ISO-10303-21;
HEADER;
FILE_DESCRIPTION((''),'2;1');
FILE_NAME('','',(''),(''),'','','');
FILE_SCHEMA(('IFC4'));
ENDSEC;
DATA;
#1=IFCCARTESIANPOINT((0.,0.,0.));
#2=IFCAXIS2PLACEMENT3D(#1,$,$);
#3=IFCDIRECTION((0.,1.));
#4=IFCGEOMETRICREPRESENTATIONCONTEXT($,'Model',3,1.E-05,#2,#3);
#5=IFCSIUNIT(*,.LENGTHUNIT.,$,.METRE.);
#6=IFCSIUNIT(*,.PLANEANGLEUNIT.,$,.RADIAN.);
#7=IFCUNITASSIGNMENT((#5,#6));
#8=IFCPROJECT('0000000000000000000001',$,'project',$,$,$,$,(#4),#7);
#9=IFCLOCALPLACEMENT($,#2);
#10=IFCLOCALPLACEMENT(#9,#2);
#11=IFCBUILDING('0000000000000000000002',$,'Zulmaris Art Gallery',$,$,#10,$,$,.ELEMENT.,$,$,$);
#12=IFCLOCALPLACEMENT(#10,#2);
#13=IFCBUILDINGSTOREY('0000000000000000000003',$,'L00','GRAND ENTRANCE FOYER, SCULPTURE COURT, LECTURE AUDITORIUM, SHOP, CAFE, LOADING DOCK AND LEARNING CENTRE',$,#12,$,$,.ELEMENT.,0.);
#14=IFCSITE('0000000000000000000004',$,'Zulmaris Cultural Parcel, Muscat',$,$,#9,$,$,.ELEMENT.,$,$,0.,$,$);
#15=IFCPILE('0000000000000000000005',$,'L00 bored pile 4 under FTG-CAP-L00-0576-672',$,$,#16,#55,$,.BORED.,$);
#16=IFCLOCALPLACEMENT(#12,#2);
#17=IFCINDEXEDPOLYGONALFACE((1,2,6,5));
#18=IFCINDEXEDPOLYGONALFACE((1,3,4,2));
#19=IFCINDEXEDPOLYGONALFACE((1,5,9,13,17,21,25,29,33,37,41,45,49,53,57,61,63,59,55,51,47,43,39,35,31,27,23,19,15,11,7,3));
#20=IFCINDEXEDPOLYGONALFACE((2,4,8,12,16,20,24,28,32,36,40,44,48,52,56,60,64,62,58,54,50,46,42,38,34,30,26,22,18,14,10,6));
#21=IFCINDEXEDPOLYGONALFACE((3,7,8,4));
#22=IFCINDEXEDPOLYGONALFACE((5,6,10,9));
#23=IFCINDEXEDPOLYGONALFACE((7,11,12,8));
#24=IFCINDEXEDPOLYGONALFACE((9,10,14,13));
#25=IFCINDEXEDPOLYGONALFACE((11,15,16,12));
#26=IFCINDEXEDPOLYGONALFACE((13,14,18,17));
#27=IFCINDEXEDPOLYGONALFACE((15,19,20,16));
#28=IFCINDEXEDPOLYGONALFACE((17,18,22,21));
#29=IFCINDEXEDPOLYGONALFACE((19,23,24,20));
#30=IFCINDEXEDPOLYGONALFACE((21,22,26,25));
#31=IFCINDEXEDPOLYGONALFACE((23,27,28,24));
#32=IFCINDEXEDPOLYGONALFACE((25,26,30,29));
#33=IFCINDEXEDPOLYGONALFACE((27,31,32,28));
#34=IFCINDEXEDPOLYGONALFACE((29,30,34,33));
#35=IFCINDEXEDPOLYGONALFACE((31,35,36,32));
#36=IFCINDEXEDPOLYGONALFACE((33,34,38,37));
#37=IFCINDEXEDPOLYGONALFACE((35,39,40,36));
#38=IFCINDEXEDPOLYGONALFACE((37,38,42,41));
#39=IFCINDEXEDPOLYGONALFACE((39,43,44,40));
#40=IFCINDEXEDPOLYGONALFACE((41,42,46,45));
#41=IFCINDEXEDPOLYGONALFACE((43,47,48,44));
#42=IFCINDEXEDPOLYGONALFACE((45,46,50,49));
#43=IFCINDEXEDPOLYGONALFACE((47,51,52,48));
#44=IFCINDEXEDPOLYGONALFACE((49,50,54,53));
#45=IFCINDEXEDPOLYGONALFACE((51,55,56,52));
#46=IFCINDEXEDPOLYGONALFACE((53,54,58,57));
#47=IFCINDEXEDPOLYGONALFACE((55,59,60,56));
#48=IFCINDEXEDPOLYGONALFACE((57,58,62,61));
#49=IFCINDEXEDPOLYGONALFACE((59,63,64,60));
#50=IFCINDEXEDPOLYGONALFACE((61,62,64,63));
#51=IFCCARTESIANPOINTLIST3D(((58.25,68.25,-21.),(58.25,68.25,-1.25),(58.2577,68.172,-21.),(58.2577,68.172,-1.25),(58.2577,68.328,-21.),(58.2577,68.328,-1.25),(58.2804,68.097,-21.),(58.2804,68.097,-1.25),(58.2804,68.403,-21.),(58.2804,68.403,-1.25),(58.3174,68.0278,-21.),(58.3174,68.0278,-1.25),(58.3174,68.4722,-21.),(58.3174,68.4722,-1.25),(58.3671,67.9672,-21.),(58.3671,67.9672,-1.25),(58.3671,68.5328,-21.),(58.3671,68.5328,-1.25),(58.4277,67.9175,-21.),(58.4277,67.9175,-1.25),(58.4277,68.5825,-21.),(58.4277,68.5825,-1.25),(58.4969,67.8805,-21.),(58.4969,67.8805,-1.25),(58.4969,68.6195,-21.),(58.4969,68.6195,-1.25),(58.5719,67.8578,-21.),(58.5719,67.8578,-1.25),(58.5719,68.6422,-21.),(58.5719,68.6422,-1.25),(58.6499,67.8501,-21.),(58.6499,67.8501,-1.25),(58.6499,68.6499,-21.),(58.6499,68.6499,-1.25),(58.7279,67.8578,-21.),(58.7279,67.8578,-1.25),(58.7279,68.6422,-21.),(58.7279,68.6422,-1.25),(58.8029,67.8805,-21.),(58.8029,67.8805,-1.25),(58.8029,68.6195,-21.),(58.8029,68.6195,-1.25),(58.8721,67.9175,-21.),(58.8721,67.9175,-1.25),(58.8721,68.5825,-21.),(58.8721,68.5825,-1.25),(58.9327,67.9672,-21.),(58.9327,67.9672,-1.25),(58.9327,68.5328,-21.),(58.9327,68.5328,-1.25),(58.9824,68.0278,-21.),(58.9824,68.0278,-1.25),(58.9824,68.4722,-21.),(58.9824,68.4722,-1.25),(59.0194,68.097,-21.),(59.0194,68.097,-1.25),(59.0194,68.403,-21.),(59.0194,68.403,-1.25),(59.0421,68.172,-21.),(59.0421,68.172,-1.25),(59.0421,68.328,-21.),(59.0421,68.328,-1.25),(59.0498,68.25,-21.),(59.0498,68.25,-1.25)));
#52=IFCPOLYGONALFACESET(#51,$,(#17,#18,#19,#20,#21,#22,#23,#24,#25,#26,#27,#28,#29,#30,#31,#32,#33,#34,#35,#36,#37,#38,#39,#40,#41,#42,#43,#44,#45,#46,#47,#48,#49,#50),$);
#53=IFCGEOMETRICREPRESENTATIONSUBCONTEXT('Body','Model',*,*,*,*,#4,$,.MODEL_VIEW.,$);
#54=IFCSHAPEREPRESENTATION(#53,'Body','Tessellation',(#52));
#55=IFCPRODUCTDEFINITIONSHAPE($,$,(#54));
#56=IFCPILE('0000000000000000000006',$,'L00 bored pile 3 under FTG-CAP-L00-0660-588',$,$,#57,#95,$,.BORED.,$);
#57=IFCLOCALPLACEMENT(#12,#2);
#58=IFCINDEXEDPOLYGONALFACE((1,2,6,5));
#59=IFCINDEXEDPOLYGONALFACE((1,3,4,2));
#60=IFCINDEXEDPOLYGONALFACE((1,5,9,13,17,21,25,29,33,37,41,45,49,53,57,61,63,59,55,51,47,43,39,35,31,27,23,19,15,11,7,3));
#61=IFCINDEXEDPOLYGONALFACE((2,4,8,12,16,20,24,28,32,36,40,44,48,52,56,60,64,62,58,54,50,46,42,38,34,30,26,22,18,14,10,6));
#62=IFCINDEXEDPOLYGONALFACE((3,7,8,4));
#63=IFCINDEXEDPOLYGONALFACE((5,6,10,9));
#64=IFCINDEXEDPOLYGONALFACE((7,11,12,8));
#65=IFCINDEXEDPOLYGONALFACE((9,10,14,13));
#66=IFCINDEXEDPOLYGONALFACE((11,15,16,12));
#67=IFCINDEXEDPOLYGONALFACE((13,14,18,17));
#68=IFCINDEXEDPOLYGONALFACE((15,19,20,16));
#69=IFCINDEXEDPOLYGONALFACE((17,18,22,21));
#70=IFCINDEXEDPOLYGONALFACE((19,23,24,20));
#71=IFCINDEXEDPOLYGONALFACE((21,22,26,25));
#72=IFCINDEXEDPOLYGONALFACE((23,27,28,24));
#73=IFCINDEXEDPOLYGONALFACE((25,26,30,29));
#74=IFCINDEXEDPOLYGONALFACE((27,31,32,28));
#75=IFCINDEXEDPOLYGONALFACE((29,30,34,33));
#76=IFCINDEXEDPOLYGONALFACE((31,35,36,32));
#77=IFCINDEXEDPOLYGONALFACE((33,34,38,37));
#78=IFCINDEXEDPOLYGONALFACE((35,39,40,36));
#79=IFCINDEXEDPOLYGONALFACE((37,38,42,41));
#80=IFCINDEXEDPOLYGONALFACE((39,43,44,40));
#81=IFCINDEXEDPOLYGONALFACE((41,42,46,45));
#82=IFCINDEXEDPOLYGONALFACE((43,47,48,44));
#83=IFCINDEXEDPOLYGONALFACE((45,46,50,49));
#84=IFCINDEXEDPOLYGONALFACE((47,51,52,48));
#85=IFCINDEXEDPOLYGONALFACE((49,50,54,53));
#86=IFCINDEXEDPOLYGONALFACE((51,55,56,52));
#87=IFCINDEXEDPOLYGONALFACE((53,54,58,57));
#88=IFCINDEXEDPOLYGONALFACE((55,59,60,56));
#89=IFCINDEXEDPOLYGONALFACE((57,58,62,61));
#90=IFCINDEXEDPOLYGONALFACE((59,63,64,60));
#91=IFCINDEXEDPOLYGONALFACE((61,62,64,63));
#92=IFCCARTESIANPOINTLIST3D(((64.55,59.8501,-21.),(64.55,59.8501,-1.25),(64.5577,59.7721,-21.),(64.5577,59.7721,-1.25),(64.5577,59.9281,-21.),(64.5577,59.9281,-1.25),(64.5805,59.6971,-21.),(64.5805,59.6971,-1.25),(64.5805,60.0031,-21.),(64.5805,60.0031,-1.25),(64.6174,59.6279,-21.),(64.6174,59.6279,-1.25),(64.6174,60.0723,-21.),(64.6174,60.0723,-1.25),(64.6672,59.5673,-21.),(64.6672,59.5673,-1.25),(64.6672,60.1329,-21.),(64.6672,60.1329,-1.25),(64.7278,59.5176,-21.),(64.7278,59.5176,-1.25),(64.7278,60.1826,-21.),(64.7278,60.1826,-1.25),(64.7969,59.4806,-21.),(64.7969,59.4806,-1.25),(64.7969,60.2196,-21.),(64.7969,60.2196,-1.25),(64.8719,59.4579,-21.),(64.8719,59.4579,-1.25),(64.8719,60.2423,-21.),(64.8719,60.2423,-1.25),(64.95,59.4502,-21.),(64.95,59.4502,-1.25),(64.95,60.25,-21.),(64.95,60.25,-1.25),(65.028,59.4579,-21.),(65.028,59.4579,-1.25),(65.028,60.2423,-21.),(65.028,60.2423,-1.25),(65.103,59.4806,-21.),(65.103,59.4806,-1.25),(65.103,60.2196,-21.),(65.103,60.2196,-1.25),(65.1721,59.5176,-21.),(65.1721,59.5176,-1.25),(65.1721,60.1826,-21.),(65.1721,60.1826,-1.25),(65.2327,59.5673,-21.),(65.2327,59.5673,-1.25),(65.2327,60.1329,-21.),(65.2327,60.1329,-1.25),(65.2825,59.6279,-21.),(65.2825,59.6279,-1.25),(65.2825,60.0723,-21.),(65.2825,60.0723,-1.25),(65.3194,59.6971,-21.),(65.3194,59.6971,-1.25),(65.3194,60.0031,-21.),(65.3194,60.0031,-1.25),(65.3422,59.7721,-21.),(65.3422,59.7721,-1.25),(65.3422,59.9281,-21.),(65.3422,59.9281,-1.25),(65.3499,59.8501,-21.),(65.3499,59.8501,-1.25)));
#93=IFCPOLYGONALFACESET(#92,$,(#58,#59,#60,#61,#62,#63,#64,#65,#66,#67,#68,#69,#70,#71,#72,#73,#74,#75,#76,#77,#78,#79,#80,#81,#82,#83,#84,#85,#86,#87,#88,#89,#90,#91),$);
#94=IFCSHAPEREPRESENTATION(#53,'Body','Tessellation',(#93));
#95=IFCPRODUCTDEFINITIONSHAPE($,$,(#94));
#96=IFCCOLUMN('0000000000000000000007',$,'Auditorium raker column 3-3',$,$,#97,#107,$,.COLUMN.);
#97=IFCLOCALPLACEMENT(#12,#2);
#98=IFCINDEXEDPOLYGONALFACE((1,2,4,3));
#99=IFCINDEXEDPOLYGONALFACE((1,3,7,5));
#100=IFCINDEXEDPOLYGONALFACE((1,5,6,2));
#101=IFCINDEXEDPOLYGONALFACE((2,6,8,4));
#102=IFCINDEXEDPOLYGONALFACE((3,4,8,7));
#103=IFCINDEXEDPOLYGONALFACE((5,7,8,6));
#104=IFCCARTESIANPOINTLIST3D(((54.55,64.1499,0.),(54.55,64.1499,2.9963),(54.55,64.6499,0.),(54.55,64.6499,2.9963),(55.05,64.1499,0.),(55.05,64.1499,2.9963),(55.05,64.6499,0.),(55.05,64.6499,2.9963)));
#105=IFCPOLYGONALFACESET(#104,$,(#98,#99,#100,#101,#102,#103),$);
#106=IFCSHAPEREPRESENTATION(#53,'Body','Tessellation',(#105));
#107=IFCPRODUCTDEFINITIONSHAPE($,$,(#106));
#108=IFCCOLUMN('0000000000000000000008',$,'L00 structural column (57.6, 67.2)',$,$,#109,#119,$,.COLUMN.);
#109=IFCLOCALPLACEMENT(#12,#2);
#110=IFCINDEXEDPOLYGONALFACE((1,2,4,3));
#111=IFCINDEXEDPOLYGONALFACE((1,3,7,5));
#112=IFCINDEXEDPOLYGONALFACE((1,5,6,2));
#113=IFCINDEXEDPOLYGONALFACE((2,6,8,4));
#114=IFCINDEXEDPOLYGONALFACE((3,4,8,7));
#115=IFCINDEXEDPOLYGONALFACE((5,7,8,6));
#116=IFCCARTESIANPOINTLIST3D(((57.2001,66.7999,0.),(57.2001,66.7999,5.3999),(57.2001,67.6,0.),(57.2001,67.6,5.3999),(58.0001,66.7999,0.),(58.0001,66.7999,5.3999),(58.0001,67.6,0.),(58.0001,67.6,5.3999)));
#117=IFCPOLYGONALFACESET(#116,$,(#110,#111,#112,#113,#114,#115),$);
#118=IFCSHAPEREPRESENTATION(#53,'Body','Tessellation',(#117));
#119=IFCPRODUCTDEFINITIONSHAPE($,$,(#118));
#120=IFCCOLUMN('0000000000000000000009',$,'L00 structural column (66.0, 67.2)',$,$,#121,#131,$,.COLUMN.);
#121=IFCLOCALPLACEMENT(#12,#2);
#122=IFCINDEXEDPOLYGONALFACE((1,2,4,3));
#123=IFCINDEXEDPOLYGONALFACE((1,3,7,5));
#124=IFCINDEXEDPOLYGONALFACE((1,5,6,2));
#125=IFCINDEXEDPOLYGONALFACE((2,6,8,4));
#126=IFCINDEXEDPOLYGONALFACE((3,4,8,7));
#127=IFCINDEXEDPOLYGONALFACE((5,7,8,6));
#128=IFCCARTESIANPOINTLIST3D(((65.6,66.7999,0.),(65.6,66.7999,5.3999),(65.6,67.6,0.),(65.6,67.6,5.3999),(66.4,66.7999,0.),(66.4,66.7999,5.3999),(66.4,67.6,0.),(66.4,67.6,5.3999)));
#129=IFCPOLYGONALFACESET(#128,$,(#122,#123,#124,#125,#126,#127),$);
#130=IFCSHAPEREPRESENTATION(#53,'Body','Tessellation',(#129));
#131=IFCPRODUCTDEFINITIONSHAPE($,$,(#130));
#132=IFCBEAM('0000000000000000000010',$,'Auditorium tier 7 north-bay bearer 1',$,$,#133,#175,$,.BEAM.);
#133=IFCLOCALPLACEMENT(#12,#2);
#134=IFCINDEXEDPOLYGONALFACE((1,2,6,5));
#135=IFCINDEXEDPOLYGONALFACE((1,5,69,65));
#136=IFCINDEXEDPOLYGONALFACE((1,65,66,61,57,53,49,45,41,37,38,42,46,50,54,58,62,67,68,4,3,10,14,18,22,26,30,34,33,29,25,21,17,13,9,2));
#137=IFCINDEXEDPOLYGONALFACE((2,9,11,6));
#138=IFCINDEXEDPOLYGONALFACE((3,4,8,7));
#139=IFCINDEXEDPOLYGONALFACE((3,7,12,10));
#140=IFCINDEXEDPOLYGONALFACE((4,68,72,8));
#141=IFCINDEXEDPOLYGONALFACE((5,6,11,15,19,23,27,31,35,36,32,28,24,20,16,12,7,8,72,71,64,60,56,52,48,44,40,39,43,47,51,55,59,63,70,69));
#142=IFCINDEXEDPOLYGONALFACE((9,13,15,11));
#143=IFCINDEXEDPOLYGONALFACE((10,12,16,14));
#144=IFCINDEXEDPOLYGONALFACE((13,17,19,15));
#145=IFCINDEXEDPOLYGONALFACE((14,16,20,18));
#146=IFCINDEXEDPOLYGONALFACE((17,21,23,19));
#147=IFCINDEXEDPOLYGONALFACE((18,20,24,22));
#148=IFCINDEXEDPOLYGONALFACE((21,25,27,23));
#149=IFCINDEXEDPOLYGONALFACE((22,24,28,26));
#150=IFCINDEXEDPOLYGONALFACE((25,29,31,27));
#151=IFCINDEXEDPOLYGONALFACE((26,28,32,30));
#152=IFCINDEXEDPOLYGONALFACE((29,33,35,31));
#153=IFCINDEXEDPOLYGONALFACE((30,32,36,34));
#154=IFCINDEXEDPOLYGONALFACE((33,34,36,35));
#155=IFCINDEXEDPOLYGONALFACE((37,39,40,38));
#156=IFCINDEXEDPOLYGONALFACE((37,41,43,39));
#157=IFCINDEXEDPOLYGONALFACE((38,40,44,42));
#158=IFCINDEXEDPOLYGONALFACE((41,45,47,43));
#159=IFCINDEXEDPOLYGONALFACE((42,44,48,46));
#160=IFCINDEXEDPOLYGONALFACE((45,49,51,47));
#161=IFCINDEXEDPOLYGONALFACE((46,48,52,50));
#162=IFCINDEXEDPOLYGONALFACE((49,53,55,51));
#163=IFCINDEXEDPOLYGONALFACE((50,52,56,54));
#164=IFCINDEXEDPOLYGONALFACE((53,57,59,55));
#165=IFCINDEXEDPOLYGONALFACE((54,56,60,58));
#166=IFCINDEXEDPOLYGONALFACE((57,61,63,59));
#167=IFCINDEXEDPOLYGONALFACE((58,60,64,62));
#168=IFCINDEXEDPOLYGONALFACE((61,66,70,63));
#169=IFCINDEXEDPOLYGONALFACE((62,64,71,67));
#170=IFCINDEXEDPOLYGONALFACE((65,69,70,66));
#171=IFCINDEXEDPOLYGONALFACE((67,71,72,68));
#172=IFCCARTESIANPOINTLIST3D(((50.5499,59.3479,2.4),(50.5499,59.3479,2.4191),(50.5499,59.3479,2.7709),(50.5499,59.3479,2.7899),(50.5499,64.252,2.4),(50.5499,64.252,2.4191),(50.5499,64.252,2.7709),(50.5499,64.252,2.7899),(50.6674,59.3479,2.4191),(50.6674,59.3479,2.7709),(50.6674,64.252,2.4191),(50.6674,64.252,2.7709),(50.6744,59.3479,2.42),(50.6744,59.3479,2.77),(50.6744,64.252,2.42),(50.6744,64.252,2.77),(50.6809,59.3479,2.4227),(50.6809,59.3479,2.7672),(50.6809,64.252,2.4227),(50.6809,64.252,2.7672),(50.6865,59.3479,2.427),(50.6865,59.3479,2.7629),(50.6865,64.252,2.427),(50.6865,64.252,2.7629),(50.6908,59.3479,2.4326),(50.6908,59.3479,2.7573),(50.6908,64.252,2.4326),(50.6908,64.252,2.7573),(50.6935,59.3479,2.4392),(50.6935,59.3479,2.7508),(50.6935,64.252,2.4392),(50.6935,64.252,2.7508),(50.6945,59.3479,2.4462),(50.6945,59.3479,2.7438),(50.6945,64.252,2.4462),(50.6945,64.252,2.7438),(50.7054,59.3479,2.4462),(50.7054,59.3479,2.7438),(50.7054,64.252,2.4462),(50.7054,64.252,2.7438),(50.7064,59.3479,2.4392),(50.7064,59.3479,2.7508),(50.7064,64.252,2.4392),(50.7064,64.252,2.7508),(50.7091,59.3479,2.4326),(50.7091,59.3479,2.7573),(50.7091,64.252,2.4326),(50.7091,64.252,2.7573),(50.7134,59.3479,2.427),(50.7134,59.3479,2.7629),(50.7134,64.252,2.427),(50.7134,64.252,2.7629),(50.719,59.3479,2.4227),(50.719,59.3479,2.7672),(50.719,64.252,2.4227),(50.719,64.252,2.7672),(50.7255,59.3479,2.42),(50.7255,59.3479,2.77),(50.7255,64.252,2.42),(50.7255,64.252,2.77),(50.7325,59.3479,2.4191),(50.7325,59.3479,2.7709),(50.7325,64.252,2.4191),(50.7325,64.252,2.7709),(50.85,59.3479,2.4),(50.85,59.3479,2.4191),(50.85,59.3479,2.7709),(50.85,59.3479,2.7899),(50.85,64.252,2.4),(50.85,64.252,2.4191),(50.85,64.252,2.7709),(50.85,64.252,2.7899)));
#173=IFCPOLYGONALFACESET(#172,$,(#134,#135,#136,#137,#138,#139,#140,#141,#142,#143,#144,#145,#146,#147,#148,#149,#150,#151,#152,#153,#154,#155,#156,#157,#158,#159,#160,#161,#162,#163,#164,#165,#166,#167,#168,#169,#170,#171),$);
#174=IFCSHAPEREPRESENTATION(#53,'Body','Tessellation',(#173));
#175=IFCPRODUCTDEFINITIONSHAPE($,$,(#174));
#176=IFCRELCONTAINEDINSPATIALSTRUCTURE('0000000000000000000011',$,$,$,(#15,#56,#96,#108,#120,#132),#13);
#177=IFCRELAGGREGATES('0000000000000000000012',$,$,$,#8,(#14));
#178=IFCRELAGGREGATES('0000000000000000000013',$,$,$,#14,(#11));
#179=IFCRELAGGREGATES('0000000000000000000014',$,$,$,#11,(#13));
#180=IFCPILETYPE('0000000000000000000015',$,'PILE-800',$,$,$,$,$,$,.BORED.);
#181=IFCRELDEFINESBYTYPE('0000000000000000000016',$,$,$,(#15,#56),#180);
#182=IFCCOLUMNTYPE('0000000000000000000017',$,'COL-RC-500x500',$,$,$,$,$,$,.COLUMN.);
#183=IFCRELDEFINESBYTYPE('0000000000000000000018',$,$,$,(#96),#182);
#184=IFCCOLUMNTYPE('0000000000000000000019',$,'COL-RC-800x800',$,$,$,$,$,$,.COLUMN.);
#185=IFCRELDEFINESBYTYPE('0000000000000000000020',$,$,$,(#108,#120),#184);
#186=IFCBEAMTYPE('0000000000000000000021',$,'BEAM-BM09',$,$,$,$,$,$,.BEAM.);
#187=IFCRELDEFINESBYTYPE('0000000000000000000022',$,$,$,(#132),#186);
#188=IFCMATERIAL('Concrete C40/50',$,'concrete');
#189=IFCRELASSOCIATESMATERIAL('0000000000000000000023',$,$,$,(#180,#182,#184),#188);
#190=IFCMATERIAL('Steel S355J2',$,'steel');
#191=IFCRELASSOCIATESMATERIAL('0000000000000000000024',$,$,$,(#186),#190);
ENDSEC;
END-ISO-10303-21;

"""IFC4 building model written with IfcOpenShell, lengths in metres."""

from ifc_helpers import new_model, si_unit, direction, frame, origin, origin_2d, place, context, subcontext, project, spatial, rectangle, circle, i_section, extrude, material, material_profile, profile_set, type_object, element, save


model = new_model("IFC4")

# Units and contexts
model_context = context("Model", 3, precision=1e-05, world=origin(), true_north=direction((0.0, 1.0)))
body_context = subcontext(model_context, "Body", "Model", "MODEL_VIEW")
ifc_project = project(units=[si_unit("LENGTHUNIT", "METRE"), si_unit("PLANEANGLEUNIT", "RADIAN")], contexts=[model_context])

# Site, building, storey
site_placement = place(None, origin())
site = spatial("IfcSite", under=ifc_project, at=site_placement, Name="Zulmaris Cultural Parcel, Muscat", CompositionType="ELEMENT", RefElevation=0.0)
building_placement = place(site_placement, origin())
building = spatial("IfcBuilding", under=site, at=building_placement, Name="Zulmaris Art Gallery", CompositionType="ELEMENT")
storey_placement = place(building_placement, origin())
storey = spatial("IfcBuildingStorey", under=building, at=storey_placement, Name="L00", Description="GRAND ENTRANCE FOYER, SCULPTURE COURT, LECTURE AUDITORIUM, SHOP, CAFE, LOADING DOCK AND LEARNING CENTRE", CompositionType="ELEMENT", Elevation=0.0)

# Piles
ifc_material_1 = material(Name="Concrete C40/50", Category="concrete")
ifc_material_profile_1 = material_profile(ifc_material_1, circle(Radius=0.3999, at=origin_2d()), Name="PILE DIA 800")
ifc_profile_set_1 = profile_set([ifc_material_profile_1], Name="Concrete C40/50")
pile_type_1 = type_object("IfcPileType", Name="PILE-800", PredefinedType="BORED", material=ifc_profile_set_1)
for number, where, z_axis, x_axis, name in (
    (1, (58.6499, 68.25, -1.25), (0.0, 0.0, -1.0), (1.0, 0.0, 0.0), "L00 bored pile 4 under FTG-CAP-L00-0576-672"),
    (2, (64.95, 59.8501, -1.25), (0.0, 0.0, -1.0), (1.0, 0.0, 0.0), "L00 bored pile 3 under FTG-CAP-L00-0660-588"),
):
    element("IfcPile", number, at=place(storey_placement, frame(where, z_axis=z_axis, x_axis=x_axis)), inside=storey, type_object=pile_type_1, Name=name, PredefinedType="BORED", context=body_context, shape_type="SweptSolid", body=[
        extrude(circle(Radius=0.3999, at=origin_2d()), origin(), (0.0, 0.0, 1.0), 19.75),
    ])

# Columns
ifc_material_profile_2 = material_profile(ifc_material_1, rectangle(XDim=0.5, YDim=0.5, at=origin_2d()), Name="RC 500x500")
ifc_profile_set_2 = profile_set([ifc_material_profile_2], Name="Concrete C40/50")
column_type_1 = type_object("IfcColumnType", Name="COL-RC-500x500", PredefinedType="COLUMN", material=ifc_profile_set_2)
column_placement = place(storey_placement, frame((54.8, 64.3999, 0.0), z_axis=(0.0, 0.0, 1.0), x_axis=(1.0, 0.0, 0.0)))
element("IfcColumn", 3, at=column_placement, inside=storey, type_object=column_type_1, Name="Auditorium raker column 3-3", PredefinedType="COLUMN", context=body_context, shape_type="SweptSolid", body=[
    extrude(rectangle(XDim=0.5, YDim=0.5, at=origin_2d()), origin(), (0.0, 0.0, 1.0), 2.9963),
])
ifc_material_profile_3 = material_profile(ifc_material_1, rectangle(XDim=0.8, YDim=0.8, at=origin_2d()), Name="RC 800x800")
ifc_profile_set_3 = profile_set([ifc_material_profile_3], Name="Concrete C40/50")
column_type_2 = type_object("IfcColumnType", Name="COL-RC-800x800", PredefinedType="COLUMN", material=ifc_profile_set_3)
for number, where, z_axis, x_axis, name in (
    (4, (57.6001, 67.2, 0.0), (0.0, 0.0, 1.0), (1.0, 0.0, 0.0), "L00 structural column (57.6, 67.2)"),
    (5, (66.0, 67.2, 0.0), (0.0, 0.0, 1.0), (1.0, 0.0, 0.0), "L00 structural column (66.0, 67.2)"),
):
    element("IfcColumn", number, at=place(storey_placement, frame(where, z_axis=z_axis, x_axis=x_axis)), inside=storey, type_object=column_type_2, Name=name, PredefinedType="COLUMN", context=body_context, shape_type="SweptSolid", body=[
        extrude(rectangle(XDim=0.8, YDim=0.8, at=origin_2d()), origin(), (0.0, 0.0, 1.0), 5.3999),
    ])

# Beam
ifc_material_2 = material(Name="Steel S355J2", Category="steel")
ifc_material_profile_4 = material_profile(ifc_material_2, i_section(OverallWidth=0.3, OverallDepth=0.3899, WebThickness=0.011, FlangeThickness=0.019, FilletRadius=0.0271, at=origin_2d()), Name="HEA 400")
ifc_profile_set_4 = profile_set([ifc_material_profile_4], Name="Steel S355J2")
beam_type = type_object("IfcBeamType", Name="BEAM-BM09", PredefinedType="BEAM", material=ifc_profile_set_4)
for number, where, z_axis, x_axis, name in (
    (6, (50.7, 59.3479, 2.595), (0.0, 1.0, 0.0), (-1.0, 0.0, 0.0), "Auditorium tier 7 north-bay bearer 1"),
):
    element("IfcBeam", number, at=place(storey_placement, frame(where, z_axis=z_axis, x_axis=x_axis)), inside=storey, type_object=beam_type, Name=name, PredefinedType="BEAM", context=body_context, shape_type="SweptSolid", body=[
        extrude(i_section(OverallWidth=0.3, OverallDepth=0.3899, WebThickness=0.011, FlangeThickness=0.019, FilletRadius=0.0271, at=origin_2d()), origin(), (0.0, 0.0, 1.0), 4.9041),
    ])

save(model, "model.ifc")
